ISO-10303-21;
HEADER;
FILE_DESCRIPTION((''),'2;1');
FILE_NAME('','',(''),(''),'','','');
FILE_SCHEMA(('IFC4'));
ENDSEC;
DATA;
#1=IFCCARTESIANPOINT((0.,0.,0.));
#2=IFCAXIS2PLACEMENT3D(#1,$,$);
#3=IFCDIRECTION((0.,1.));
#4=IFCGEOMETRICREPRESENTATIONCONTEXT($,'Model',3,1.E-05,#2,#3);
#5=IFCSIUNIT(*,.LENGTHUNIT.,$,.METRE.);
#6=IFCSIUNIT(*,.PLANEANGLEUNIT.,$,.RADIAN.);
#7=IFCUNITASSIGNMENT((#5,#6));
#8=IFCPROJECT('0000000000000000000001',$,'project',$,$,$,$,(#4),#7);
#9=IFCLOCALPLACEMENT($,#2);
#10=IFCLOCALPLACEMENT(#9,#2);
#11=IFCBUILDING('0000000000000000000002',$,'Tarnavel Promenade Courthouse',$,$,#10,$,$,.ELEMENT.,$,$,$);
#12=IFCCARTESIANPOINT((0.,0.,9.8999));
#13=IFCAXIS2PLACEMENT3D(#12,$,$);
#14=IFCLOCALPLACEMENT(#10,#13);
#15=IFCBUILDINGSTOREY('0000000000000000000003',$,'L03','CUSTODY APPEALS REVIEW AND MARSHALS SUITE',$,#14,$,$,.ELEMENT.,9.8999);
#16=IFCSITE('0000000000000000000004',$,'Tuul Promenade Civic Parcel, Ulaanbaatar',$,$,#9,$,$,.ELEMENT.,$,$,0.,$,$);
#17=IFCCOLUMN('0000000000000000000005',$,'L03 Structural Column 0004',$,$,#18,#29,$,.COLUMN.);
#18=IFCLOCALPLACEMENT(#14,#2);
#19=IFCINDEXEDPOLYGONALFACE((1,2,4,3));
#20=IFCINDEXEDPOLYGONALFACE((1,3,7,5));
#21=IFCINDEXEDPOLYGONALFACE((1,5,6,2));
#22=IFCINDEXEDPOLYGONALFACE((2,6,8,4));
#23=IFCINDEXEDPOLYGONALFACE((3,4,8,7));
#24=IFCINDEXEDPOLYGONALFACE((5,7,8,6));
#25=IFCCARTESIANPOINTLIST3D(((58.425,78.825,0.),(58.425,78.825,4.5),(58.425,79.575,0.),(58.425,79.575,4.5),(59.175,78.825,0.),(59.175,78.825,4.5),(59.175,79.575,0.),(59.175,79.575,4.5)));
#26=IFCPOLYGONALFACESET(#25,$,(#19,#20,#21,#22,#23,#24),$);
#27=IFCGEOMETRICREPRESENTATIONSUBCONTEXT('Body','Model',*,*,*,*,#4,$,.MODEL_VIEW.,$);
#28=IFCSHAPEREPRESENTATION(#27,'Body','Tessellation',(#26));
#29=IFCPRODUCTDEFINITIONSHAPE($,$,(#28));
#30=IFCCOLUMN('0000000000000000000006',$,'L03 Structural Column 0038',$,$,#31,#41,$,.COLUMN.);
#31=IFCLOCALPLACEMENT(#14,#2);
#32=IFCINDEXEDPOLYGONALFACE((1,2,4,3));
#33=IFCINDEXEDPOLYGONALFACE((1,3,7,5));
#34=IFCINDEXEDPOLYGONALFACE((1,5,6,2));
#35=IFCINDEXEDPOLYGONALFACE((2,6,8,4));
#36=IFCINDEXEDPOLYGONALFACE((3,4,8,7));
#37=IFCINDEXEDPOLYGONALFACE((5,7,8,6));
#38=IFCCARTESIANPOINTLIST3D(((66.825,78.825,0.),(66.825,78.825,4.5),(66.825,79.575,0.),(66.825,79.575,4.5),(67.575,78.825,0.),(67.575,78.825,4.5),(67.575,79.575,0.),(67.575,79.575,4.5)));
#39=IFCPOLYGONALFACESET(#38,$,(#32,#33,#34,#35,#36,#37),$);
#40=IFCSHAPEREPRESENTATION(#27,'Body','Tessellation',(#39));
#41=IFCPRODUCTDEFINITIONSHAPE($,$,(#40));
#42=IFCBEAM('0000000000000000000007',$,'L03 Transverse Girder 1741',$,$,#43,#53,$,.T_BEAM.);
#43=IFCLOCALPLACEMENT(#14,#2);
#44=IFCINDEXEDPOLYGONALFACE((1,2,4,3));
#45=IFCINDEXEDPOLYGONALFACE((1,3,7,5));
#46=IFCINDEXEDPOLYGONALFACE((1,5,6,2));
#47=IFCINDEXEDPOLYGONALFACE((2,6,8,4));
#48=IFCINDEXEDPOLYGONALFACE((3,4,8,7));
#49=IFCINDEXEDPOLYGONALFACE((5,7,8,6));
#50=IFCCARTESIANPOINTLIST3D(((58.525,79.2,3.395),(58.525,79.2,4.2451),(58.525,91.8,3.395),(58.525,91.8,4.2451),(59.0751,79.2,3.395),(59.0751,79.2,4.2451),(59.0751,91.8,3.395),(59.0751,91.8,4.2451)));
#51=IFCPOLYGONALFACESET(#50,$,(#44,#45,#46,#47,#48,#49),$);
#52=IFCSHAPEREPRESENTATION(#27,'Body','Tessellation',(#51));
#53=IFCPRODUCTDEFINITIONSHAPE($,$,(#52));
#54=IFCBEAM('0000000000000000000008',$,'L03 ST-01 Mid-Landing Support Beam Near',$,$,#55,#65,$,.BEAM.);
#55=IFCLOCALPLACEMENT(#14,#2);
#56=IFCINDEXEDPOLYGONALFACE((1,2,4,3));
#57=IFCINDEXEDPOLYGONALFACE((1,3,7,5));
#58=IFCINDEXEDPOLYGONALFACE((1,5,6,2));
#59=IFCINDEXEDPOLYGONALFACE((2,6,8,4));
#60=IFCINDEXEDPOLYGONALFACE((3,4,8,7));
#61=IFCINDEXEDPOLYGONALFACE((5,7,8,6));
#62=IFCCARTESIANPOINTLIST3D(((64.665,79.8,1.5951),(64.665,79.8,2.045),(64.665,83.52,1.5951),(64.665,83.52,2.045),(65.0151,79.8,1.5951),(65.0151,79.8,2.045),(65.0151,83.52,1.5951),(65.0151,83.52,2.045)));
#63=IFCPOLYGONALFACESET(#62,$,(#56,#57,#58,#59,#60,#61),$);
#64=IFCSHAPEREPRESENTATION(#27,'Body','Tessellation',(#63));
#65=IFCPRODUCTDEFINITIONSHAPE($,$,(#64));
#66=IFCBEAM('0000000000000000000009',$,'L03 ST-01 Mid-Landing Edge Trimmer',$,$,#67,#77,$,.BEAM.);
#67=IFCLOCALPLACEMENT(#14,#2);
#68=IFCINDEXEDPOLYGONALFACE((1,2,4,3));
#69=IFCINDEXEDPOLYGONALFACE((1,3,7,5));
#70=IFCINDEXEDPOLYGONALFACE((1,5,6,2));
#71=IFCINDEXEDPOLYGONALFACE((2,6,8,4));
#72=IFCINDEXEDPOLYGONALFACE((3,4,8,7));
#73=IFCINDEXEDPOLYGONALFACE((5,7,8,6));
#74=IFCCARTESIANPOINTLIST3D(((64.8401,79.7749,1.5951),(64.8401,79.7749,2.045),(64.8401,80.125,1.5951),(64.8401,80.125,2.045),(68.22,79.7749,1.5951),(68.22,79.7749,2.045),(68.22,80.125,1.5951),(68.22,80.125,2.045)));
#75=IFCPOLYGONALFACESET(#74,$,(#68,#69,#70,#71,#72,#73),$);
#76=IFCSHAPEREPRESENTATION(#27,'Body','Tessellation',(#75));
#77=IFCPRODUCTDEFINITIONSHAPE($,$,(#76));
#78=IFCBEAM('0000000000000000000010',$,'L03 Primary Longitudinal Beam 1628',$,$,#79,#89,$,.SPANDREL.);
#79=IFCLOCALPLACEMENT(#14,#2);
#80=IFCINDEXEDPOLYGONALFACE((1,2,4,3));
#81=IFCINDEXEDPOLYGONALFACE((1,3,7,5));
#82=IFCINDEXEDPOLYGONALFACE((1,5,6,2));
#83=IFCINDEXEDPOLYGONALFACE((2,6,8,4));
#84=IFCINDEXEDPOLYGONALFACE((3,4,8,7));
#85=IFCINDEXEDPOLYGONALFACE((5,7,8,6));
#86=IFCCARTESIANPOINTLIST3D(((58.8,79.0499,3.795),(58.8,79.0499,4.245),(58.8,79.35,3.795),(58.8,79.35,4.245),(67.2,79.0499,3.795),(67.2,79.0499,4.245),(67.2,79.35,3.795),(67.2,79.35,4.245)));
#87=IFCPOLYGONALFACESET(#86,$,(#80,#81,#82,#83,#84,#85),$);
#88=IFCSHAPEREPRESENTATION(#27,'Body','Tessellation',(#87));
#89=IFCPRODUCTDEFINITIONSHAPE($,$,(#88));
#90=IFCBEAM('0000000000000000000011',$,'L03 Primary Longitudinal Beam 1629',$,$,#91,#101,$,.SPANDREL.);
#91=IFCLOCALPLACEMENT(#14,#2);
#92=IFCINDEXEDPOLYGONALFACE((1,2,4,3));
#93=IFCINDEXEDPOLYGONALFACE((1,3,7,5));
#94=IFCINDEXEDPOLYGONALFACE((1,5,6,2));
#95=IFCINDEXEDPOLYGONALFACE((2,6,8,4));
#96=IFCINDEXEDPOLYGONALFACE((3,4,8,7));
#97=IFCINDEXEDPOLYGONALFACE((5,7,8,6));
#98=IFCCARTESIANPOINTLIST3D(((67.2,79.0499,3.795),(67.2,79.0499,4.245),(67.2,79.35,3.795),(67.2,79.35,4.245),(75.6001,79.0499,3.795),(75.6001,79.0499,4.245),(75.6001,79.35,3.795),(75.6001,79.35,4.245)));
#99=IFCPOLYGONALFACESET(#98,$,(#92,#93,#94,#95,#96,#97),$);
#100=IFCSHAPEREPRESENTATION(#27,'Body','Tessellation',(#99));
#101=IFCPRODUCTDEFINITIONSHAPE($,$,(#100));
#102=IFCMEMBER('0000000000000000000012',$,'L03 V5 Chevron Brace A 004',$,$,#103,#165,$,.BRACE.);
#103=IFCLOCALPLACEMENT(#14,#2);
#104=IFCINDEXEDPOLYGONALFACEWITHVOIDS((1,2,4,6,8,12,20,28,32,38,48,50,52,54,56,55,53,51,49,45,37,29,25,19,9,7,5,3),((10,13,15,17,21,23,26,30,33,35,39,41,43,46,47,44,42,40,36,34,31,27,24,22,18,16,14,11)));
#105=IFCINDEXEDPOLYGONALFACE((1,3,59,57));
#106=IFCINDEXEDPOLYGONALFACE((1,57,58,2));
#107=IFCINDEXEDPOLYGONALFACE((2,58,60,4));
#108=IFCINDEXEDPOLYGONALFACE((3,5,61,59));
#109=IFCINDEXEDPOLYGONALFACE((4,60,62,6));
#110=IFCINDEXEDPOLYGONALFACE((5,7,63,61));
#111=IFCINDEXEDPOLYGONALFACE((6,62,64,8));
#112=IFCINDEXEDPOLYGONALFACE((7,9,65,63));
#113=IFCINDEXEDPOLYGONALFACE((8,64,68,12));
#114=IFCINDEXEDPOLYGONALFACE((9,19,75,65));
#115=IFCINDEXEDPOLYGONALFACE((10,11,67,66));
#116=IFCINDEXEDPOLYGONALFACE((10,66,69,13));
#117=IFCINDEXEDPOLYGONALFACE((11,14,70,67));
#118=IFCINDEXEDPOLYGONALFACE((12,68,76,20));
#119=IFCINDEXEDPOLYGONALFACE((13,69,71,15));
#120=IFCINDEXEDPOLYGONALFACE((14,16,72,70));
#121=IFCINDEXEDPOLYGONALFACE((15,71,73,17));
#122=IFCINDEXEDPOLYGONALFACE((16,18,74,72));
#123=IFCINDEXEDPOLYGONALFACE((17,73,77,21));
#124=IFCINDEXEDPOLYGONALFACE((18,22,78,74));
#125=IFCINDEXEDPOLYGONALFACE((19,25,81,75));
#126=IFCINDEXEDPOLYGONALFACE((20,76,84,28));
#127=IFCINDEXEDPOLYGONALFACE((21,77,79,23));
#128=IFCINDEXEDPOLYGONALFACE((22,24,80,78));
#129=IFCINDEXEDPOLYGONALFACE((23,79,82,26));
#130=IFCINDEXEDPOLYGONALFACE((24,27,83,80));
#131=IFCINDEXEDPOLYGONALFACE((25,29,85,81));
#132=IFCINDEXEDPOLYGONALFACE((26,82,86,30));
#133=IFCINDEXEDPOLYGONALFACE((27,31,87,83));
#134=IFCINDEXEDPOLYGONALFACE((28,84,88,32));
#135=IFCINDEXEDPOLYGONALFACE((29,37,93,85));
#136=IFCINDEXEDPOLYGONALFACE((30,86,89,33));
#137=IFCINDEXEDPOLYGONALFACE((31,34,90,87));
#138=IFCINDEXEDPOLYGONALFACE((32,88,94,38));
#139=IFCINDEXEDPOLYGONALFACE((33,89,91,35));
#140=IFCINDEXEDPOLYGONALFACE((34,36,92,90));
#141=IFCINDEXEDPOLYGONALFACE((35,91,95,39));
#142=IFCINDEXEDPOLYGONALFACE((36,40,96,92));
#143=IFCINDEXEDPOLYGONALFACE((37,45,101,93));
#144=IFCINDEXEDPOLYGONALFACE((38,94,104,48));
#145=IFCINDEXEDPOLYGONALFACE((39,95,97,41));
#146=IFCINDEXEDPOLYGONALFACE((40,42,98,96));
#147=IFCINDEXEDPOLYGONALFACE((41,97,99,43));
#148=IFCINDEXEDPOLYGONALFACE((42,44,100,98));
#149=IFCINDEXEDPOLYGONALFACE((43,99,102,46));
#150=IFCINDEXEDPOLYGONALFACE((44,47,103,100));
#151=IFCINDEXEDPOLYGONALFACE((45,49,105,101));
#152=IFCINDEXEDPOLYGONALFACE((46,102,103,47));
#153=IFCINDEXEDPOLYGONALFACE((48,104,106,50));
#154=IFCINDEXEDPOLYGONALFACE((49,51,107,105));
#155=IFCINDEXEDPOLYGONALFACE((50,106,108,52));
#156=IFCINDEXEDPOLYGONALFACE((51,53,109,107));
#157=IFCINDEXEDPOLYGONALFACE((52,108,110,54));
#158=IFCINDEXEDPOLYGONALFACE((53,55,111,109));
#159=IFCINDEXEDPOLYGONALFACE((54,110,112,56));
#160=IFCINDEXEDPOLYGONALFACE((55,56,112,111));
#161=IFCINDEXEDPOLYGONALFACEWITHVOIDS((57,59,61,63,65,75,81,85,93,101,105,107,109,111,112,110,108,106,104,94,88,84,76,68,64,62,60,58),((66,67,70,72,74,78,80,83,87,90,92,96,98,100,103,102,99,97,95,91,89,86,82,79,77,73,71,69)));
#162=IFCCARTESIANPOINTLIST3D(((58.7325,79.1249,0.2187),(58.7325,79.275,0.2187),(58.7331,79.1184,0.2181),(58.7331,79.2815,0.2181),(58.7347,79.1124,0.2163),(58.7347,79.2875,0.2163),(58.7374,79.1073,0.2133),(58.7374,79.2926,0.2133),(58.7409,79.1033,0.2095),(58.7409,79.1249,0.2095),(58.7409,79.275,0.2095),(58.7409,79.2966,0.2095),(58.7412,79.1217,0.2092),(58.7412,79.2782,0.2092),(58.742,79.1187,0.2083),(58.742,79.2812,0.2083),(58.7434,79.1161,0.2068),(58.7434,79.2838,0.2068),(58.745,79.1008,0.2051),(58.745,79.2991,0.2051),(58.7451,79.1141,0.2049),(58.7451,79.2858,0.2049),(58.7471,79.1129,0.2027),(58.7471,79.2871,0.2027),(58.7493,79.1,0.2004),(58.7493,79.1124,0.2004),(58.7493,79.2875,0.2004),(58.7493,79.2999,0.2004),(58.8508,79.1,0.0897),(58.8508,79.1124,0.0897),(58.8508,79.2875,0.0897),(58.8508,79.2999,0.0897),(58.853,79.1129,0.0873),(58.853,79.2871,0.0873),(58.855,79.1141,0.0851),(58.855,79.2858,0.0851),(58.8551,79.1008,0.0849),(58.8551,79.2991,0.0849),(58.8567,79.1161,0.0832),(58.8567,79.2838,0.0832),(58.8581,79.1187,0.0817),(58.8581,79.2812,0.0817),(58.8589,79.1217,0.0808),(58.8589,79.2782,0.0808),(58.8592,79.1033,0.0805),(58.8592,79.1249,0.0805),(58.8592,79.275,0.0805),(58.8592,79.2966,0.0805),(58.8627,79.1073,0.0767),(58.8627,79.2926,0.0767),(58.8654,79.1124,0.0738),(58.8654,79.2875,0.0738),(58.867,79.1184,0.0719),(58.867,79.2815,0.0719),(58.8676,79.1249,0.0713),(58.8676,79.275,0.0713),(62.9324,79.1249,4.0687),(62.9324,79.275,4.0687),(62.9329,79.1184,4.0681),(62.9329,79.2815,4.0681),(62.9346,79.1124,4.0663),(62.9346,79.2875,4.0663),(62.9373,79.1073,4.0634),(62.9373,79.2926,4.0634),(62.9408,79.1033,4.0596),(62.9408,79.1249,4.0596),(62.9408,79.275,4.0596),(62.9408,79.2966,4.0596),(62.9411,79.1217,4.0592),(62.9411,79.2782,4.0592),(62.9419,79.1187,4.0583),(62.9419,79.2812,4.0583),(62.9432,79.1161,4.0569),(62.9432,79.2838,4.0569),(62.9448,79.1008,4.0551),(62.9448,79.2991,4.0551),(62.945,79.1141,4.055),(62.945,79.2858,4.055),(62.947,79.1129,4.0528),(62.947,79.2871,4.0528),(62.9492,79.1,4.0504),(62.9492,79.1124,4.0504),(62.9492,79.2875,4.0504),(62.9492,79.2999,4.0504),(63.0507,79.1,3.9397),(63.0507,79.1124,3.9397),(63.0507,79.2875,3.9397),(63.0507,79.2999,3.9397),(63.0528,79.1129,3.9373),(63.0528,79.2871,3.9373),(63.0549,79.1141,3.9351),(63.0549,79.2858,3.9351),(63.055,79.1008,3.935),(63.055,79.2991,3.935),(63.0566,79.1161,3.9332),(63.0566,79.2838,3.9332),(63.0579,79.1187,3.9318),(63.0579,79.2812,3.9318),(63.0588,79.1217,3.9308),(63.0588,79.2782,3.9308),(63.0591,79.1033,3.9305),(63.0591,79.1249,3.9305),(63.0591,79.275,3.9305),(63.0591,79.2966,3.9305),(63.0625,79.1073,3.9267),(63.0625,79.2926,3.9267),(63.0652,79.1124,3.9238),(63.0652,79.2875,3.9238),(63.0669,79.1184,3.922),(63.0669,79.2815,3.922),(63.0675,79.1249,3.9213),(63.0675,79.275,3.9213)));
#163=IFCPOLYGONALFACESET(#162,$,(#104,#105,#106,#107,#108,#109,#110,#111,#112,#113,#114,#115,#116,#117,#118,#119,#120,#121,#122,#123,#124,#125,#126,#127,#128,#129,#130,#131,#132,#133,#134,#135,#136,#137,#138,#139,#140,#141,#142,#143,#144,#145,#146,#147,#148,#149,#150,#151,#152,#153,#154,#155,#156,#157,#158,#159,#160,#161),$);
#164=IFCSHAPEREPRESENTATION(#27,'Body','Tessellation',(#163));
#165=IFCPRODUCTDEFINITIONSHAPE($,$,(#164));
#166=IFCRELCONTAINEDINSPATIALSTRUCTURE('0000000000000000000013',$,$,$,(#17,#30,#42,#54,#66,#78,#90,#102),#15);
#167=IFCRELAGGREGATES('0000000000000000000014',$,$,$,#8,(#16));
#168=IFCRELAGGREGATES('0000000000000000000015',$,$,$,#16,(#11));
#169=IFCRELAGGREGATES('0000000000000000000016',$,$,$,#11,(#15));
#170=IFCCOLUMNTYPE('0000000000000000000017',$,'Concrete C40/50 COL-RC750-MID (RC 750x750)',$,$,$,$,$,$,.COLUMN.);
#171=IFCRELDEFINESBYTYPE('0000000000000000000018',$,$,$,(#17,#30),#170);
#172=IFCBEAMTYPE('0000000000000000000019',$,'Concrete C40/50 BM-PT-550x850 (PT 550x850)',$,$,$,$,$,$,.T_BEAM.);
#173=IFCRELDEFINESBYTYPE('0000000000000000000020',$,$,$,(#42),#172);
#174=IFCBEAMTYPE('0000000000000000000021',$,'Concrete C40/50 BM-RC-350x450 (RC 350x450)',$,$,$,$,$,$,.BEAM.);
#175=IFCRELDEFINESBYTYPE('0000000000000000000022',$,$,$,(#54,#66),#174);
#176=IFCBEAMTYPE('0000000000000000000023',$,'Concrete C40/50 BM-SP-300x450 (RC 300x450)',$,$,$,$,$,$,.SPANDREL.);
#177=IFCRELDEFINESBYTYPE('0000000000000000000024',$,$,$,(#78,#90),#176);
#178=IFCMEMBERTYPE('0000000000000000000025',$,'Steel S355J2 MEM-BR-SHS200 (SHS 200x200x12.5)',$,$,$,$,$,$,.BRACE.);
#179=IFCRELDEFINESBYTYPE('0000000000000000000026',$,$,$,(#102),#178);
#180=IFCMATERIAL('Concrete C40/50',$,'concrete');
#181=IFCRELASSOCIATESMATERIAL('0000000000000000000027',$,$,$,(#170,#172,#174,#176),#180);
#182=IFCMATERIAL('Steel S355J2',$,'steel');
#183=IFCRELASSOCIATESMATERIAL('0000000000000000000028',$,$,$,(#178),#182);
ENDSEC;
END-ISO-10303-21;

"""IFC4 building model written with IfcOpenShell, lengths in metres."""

from ifc_helpers import new_model, si_unit, direction, frame, origin, origin_2d, place, context, subcontext, project, spatial, rectangle, hollow_rectangle, extrude, material, material_profile, profile_set, type_object, element, save


model = new_model("IFC4")

# Units and contexts
model_context = context("Model", 3, precision=1e-05, world=origin(), true_north=direction((0.0, 1.0)))
body_context = subcontext(model_context, "Body", "Model", "MODEL_VIEW")
ifc_project = project(units=[si_unit("LENGTHUNIT", "METRE"), si_unit("PLANEANGLEUNIT", "RADIAN")], contexts=[model_context])

# Site, building, storey
site_placement = place(None, origin())
site = spatial("IfcSite", under=ifc_project, at=site_placement, Name="Tuul Promenade Civic Parcel, Ulaanbaatar", CompositionType="ELEMENT", RefElevation=0.0)
building_placement = place(site_placement, origin())
building = spatial("IfcBuilding", under=site, at=building_placement, Name="Tarnavel Promenade Courthouse", CompositionType="ELEMENT")
storey_placement = place(building_placement, frame((0.0, 0.0, 9.8999)))
storey = spatial("IfcBuildingStorey", under=building, at=storey_placement, Name="L03", Description="CUSTODY APPEALS REVIEW AND MARSHALS SUITE", CompositionType="ELEMENT", Elevation=9.8999)

# Columns
ifc_material_1 = material(Name="Concrete C40/50", Category="concrete")
ifc_material_profile_1 = material_profile(ifc_material_1, rectangle(XDim=0.75, YDim=0.75, at=origin_2d()), Name="RC 750x750")
ifc_profile_set_1 = profile_set([ifc_material_profile_1], Name="Concrete C40/50")
column_type = type_object("IfcColumnType", Name="Concrete C40/50 COL-RC750-MID (RC 750x750)", PredefinedType="COLUMN", material=ifc_profile_set_1)
for number, where, z_axis, x_axis, name in (
    (1, (58.8, 79.2, 0.0), (0.0, 0.0, 1.0), (1.0, 0.0, 0.0), "L03 Structural Column 0004"),
    (2, (67.2, 79.2, 0.0), (0.0, 0.0, 1.0), (1.0, 0.0, 0.0), "L03 Structural Column 0038"),
):
    element("IfcColumn", number, at=place(storey_placement, frame(where, z_axis=z_axis, x_axis=x_axis)), inside=storey, type_object=column_type, Name=name, PredefinedType="COLUMN", context=body_context, shape_type="SweptSolid", body=[
        extrude(rectangle(XDim=0.75, YDim=0.75, at=origin_2d()), origin(), (0.0, 0.0, 1.0), 4.5),
    ])

# Beams
ifc_material_profile_2 = material_profile(ifc_material_1, rectangle(XDim=0.55, YDim=0.8501, at=origin_2d()), Name="PT 550x850")
ifc_profile_set_2 = profile_set([ifc_material_profile_2], Name="Concrete C40/50")
beam_type_1 = type_object("IfcBeamType", Name="Concrete C40/50 BM-PT-550x850 (PT 550x850)", PredefinedType="T_BEAM", material=ifc_profile_set_2)
beam_1_placement = place(storey_placement, frame((58.8, 79.2, 3.8201), z_axis=(0.0, 1.0, 0.0), x_axis=(-1.0, 0.0, 0.0)))
element("IfcBeam", 3, at=beam_1_placement, inside=storey, type_object=beam_type_1, Name="L03 Transverse Girder 1741", PredefinedType="T_BEAM", context=body_context, shape_type="SweptSolid", body=[
    extrude(rectangle(XDim=0.55, YDim=0.8501, at=origin_2d()), origin(), (0.0, 0.0, 1.0), 12.6001),
])
ifc_material_profile_3 = material_profile(ifc_material_1, rectangle(XDim=0.3501, YDim=0.45, at=origin_2d()), Name="RC 350x450")
ifc_profile_set_3 = profile_set([ifc_material_profile_3], Name="Concrete C40/50")
beam_type_2 = type_object("IfcBeamType", Name="Concrete C40/50 BM-RC-350x450 (RC 350x450)", PredefinedType="BEAM", material=ifc_profile_set_3)
beam_2_placement = place(storey_placement, frame((64.8401, 79.8, 1.8201), z_axis=(0.0, 1.0, 0.0), x_axis=(-1.0, 0.0, 0.0)))
element("IfcBeam", 4, at=beam_2_placement, inside=storey, type_object=beam_type_2, Name="L03 ST-01 Mid-Landing Support Beam Near", PredefinedType="BEAM", context=body_context, shape_type="SweptSolid", body=[
    extrude(rectangle(XDim=0.3501, YDim=0.45, at=origin_2d()), origin(), (0.0, 0.0, 1.0), 3.72),
])
beam_3_placement = place(storey_placement, frame((64.8401, 79.95, 1.8201), z_axis=(1.0, 0.0, 0.0), x_axis=(0.0, 1.0, 0.0)))
element("IfcBeam", 5, at=beam_3_placement, inside=storey, type_object=beam_type_2, Name="L03 ST-01 Mid-Landing Edge Trimmer", PredefinedType="BEAM", context=body_context, shape_type="SweptSolid", body=[
    extrude(rectangle(XDim=0.3501, YDim=0.45, at=origin_2d()), origin(), (0.0, 0.0, 1.0), 3.3799),
])
ifc_material_profile_4 = material_profile(ifc_material_1, rectangle(XDim=0.3, YDim=0.45, at=origin_2d()), Name="RC 300x450")
ifc_profile_set_4 = profile_set([ifc_material_profile_4], Name="Concrete C40/50")
beam_type_3 = type_object("IfcBeamType", Name="Concrete C40/50 BM-SP-300x450 (RC 300x450)", PredefinedType="SPANDREL", material=ifc_profile_set_4)
beam_4_placement = place(storey_placement, frame((58.8, 79.2, 4.02), z_axis=(1.0, 0.0, 0.0), x_axis=(0.0, 1.0, 0.0)))
element("IfcBeam", 6, at=beam_4_placement, inside=storey, type_object=beam_type_3, Name="L03 Primary Longitudinal Beam 1628", PredefinedType="SPANDREL", context=body_context, shape_type="SweptSolid", body=[
    extrude(rectangle(XDim=0.3, YDim=0.45, at=origin_2d()), origin(), (0.0, 0.0, 1.0), 8.3999),
])
beam_5_placement = place(storey_placement, frame((67.2, 79.2, 4.02), z_axis=(1.0, 0.0, 0.0), x_axis=(0.0, 1.0, 0.0)))
element("IfcBeam", 7, at=beam_5_placement, inside=storey, type_object=beam_type_3, Name="L03 Primary Longitudinal Beam 1629", PredefinedType="SPANDREL", context=body_context, shape_type="SweptSolid", body=[
    extrude(rectangle(XDim=0.3, YDim=0.45, at=origin_2d()), origin(), (0.0, 0.0, 1.0), 8.4001),
])

# Member
ifc_material_2 = material(Name="Steel S355J2", Category="steel")
ifc_material_profile_5 = material_profile(ifc_material_2, hollow_rectangle(XDim=0.2, YDim=0.2, WallThickness=0.0125, InnerFilletRadius=0.0125, OuterFilletRadius=0.0249, at=origin_2d()), Name="SHS 200x200x12.5")
ifc_profile_set_5 = profile_set([ifc_material_profile_5], Name="Steel S355J2")
member_type_1 = type_object("IfcMemberType", Name="Steel S355J2 MEM-BR-SHS200 (SHS 200x200x12.5)", PredefinedType="BRACE", material=ifc_profile_set_5)
for number, where, z_axis, x_axis, name in (
    (8, (58.8, 79.2, 0.145), (0.737142, 0.0, 0.675738), (0.0, 1.0, 0.0), "L03 V5 Chevron Brace A 004"),
):
    element("IfcMember", number, at=place(storey_placement, frame(where, z_axis=z_axis, x_axis=x_axis)), inside=storey, type_object=member_type_1, Name=name, PredefinedType="BRACE", context=body_context, shape_type="SweptSolid", body=[
        extrude(hollow_rectangle(XDim=0.2, YDim=0.2, WallThickness=0.0125, InnerFilletRadius=0.0125, OuterFilletRadius=0.0249, at=origin_2d()), origin(), (0.0, 0.0, 1.0), 5.6975),
    ])

save(model, "model.ifc")
